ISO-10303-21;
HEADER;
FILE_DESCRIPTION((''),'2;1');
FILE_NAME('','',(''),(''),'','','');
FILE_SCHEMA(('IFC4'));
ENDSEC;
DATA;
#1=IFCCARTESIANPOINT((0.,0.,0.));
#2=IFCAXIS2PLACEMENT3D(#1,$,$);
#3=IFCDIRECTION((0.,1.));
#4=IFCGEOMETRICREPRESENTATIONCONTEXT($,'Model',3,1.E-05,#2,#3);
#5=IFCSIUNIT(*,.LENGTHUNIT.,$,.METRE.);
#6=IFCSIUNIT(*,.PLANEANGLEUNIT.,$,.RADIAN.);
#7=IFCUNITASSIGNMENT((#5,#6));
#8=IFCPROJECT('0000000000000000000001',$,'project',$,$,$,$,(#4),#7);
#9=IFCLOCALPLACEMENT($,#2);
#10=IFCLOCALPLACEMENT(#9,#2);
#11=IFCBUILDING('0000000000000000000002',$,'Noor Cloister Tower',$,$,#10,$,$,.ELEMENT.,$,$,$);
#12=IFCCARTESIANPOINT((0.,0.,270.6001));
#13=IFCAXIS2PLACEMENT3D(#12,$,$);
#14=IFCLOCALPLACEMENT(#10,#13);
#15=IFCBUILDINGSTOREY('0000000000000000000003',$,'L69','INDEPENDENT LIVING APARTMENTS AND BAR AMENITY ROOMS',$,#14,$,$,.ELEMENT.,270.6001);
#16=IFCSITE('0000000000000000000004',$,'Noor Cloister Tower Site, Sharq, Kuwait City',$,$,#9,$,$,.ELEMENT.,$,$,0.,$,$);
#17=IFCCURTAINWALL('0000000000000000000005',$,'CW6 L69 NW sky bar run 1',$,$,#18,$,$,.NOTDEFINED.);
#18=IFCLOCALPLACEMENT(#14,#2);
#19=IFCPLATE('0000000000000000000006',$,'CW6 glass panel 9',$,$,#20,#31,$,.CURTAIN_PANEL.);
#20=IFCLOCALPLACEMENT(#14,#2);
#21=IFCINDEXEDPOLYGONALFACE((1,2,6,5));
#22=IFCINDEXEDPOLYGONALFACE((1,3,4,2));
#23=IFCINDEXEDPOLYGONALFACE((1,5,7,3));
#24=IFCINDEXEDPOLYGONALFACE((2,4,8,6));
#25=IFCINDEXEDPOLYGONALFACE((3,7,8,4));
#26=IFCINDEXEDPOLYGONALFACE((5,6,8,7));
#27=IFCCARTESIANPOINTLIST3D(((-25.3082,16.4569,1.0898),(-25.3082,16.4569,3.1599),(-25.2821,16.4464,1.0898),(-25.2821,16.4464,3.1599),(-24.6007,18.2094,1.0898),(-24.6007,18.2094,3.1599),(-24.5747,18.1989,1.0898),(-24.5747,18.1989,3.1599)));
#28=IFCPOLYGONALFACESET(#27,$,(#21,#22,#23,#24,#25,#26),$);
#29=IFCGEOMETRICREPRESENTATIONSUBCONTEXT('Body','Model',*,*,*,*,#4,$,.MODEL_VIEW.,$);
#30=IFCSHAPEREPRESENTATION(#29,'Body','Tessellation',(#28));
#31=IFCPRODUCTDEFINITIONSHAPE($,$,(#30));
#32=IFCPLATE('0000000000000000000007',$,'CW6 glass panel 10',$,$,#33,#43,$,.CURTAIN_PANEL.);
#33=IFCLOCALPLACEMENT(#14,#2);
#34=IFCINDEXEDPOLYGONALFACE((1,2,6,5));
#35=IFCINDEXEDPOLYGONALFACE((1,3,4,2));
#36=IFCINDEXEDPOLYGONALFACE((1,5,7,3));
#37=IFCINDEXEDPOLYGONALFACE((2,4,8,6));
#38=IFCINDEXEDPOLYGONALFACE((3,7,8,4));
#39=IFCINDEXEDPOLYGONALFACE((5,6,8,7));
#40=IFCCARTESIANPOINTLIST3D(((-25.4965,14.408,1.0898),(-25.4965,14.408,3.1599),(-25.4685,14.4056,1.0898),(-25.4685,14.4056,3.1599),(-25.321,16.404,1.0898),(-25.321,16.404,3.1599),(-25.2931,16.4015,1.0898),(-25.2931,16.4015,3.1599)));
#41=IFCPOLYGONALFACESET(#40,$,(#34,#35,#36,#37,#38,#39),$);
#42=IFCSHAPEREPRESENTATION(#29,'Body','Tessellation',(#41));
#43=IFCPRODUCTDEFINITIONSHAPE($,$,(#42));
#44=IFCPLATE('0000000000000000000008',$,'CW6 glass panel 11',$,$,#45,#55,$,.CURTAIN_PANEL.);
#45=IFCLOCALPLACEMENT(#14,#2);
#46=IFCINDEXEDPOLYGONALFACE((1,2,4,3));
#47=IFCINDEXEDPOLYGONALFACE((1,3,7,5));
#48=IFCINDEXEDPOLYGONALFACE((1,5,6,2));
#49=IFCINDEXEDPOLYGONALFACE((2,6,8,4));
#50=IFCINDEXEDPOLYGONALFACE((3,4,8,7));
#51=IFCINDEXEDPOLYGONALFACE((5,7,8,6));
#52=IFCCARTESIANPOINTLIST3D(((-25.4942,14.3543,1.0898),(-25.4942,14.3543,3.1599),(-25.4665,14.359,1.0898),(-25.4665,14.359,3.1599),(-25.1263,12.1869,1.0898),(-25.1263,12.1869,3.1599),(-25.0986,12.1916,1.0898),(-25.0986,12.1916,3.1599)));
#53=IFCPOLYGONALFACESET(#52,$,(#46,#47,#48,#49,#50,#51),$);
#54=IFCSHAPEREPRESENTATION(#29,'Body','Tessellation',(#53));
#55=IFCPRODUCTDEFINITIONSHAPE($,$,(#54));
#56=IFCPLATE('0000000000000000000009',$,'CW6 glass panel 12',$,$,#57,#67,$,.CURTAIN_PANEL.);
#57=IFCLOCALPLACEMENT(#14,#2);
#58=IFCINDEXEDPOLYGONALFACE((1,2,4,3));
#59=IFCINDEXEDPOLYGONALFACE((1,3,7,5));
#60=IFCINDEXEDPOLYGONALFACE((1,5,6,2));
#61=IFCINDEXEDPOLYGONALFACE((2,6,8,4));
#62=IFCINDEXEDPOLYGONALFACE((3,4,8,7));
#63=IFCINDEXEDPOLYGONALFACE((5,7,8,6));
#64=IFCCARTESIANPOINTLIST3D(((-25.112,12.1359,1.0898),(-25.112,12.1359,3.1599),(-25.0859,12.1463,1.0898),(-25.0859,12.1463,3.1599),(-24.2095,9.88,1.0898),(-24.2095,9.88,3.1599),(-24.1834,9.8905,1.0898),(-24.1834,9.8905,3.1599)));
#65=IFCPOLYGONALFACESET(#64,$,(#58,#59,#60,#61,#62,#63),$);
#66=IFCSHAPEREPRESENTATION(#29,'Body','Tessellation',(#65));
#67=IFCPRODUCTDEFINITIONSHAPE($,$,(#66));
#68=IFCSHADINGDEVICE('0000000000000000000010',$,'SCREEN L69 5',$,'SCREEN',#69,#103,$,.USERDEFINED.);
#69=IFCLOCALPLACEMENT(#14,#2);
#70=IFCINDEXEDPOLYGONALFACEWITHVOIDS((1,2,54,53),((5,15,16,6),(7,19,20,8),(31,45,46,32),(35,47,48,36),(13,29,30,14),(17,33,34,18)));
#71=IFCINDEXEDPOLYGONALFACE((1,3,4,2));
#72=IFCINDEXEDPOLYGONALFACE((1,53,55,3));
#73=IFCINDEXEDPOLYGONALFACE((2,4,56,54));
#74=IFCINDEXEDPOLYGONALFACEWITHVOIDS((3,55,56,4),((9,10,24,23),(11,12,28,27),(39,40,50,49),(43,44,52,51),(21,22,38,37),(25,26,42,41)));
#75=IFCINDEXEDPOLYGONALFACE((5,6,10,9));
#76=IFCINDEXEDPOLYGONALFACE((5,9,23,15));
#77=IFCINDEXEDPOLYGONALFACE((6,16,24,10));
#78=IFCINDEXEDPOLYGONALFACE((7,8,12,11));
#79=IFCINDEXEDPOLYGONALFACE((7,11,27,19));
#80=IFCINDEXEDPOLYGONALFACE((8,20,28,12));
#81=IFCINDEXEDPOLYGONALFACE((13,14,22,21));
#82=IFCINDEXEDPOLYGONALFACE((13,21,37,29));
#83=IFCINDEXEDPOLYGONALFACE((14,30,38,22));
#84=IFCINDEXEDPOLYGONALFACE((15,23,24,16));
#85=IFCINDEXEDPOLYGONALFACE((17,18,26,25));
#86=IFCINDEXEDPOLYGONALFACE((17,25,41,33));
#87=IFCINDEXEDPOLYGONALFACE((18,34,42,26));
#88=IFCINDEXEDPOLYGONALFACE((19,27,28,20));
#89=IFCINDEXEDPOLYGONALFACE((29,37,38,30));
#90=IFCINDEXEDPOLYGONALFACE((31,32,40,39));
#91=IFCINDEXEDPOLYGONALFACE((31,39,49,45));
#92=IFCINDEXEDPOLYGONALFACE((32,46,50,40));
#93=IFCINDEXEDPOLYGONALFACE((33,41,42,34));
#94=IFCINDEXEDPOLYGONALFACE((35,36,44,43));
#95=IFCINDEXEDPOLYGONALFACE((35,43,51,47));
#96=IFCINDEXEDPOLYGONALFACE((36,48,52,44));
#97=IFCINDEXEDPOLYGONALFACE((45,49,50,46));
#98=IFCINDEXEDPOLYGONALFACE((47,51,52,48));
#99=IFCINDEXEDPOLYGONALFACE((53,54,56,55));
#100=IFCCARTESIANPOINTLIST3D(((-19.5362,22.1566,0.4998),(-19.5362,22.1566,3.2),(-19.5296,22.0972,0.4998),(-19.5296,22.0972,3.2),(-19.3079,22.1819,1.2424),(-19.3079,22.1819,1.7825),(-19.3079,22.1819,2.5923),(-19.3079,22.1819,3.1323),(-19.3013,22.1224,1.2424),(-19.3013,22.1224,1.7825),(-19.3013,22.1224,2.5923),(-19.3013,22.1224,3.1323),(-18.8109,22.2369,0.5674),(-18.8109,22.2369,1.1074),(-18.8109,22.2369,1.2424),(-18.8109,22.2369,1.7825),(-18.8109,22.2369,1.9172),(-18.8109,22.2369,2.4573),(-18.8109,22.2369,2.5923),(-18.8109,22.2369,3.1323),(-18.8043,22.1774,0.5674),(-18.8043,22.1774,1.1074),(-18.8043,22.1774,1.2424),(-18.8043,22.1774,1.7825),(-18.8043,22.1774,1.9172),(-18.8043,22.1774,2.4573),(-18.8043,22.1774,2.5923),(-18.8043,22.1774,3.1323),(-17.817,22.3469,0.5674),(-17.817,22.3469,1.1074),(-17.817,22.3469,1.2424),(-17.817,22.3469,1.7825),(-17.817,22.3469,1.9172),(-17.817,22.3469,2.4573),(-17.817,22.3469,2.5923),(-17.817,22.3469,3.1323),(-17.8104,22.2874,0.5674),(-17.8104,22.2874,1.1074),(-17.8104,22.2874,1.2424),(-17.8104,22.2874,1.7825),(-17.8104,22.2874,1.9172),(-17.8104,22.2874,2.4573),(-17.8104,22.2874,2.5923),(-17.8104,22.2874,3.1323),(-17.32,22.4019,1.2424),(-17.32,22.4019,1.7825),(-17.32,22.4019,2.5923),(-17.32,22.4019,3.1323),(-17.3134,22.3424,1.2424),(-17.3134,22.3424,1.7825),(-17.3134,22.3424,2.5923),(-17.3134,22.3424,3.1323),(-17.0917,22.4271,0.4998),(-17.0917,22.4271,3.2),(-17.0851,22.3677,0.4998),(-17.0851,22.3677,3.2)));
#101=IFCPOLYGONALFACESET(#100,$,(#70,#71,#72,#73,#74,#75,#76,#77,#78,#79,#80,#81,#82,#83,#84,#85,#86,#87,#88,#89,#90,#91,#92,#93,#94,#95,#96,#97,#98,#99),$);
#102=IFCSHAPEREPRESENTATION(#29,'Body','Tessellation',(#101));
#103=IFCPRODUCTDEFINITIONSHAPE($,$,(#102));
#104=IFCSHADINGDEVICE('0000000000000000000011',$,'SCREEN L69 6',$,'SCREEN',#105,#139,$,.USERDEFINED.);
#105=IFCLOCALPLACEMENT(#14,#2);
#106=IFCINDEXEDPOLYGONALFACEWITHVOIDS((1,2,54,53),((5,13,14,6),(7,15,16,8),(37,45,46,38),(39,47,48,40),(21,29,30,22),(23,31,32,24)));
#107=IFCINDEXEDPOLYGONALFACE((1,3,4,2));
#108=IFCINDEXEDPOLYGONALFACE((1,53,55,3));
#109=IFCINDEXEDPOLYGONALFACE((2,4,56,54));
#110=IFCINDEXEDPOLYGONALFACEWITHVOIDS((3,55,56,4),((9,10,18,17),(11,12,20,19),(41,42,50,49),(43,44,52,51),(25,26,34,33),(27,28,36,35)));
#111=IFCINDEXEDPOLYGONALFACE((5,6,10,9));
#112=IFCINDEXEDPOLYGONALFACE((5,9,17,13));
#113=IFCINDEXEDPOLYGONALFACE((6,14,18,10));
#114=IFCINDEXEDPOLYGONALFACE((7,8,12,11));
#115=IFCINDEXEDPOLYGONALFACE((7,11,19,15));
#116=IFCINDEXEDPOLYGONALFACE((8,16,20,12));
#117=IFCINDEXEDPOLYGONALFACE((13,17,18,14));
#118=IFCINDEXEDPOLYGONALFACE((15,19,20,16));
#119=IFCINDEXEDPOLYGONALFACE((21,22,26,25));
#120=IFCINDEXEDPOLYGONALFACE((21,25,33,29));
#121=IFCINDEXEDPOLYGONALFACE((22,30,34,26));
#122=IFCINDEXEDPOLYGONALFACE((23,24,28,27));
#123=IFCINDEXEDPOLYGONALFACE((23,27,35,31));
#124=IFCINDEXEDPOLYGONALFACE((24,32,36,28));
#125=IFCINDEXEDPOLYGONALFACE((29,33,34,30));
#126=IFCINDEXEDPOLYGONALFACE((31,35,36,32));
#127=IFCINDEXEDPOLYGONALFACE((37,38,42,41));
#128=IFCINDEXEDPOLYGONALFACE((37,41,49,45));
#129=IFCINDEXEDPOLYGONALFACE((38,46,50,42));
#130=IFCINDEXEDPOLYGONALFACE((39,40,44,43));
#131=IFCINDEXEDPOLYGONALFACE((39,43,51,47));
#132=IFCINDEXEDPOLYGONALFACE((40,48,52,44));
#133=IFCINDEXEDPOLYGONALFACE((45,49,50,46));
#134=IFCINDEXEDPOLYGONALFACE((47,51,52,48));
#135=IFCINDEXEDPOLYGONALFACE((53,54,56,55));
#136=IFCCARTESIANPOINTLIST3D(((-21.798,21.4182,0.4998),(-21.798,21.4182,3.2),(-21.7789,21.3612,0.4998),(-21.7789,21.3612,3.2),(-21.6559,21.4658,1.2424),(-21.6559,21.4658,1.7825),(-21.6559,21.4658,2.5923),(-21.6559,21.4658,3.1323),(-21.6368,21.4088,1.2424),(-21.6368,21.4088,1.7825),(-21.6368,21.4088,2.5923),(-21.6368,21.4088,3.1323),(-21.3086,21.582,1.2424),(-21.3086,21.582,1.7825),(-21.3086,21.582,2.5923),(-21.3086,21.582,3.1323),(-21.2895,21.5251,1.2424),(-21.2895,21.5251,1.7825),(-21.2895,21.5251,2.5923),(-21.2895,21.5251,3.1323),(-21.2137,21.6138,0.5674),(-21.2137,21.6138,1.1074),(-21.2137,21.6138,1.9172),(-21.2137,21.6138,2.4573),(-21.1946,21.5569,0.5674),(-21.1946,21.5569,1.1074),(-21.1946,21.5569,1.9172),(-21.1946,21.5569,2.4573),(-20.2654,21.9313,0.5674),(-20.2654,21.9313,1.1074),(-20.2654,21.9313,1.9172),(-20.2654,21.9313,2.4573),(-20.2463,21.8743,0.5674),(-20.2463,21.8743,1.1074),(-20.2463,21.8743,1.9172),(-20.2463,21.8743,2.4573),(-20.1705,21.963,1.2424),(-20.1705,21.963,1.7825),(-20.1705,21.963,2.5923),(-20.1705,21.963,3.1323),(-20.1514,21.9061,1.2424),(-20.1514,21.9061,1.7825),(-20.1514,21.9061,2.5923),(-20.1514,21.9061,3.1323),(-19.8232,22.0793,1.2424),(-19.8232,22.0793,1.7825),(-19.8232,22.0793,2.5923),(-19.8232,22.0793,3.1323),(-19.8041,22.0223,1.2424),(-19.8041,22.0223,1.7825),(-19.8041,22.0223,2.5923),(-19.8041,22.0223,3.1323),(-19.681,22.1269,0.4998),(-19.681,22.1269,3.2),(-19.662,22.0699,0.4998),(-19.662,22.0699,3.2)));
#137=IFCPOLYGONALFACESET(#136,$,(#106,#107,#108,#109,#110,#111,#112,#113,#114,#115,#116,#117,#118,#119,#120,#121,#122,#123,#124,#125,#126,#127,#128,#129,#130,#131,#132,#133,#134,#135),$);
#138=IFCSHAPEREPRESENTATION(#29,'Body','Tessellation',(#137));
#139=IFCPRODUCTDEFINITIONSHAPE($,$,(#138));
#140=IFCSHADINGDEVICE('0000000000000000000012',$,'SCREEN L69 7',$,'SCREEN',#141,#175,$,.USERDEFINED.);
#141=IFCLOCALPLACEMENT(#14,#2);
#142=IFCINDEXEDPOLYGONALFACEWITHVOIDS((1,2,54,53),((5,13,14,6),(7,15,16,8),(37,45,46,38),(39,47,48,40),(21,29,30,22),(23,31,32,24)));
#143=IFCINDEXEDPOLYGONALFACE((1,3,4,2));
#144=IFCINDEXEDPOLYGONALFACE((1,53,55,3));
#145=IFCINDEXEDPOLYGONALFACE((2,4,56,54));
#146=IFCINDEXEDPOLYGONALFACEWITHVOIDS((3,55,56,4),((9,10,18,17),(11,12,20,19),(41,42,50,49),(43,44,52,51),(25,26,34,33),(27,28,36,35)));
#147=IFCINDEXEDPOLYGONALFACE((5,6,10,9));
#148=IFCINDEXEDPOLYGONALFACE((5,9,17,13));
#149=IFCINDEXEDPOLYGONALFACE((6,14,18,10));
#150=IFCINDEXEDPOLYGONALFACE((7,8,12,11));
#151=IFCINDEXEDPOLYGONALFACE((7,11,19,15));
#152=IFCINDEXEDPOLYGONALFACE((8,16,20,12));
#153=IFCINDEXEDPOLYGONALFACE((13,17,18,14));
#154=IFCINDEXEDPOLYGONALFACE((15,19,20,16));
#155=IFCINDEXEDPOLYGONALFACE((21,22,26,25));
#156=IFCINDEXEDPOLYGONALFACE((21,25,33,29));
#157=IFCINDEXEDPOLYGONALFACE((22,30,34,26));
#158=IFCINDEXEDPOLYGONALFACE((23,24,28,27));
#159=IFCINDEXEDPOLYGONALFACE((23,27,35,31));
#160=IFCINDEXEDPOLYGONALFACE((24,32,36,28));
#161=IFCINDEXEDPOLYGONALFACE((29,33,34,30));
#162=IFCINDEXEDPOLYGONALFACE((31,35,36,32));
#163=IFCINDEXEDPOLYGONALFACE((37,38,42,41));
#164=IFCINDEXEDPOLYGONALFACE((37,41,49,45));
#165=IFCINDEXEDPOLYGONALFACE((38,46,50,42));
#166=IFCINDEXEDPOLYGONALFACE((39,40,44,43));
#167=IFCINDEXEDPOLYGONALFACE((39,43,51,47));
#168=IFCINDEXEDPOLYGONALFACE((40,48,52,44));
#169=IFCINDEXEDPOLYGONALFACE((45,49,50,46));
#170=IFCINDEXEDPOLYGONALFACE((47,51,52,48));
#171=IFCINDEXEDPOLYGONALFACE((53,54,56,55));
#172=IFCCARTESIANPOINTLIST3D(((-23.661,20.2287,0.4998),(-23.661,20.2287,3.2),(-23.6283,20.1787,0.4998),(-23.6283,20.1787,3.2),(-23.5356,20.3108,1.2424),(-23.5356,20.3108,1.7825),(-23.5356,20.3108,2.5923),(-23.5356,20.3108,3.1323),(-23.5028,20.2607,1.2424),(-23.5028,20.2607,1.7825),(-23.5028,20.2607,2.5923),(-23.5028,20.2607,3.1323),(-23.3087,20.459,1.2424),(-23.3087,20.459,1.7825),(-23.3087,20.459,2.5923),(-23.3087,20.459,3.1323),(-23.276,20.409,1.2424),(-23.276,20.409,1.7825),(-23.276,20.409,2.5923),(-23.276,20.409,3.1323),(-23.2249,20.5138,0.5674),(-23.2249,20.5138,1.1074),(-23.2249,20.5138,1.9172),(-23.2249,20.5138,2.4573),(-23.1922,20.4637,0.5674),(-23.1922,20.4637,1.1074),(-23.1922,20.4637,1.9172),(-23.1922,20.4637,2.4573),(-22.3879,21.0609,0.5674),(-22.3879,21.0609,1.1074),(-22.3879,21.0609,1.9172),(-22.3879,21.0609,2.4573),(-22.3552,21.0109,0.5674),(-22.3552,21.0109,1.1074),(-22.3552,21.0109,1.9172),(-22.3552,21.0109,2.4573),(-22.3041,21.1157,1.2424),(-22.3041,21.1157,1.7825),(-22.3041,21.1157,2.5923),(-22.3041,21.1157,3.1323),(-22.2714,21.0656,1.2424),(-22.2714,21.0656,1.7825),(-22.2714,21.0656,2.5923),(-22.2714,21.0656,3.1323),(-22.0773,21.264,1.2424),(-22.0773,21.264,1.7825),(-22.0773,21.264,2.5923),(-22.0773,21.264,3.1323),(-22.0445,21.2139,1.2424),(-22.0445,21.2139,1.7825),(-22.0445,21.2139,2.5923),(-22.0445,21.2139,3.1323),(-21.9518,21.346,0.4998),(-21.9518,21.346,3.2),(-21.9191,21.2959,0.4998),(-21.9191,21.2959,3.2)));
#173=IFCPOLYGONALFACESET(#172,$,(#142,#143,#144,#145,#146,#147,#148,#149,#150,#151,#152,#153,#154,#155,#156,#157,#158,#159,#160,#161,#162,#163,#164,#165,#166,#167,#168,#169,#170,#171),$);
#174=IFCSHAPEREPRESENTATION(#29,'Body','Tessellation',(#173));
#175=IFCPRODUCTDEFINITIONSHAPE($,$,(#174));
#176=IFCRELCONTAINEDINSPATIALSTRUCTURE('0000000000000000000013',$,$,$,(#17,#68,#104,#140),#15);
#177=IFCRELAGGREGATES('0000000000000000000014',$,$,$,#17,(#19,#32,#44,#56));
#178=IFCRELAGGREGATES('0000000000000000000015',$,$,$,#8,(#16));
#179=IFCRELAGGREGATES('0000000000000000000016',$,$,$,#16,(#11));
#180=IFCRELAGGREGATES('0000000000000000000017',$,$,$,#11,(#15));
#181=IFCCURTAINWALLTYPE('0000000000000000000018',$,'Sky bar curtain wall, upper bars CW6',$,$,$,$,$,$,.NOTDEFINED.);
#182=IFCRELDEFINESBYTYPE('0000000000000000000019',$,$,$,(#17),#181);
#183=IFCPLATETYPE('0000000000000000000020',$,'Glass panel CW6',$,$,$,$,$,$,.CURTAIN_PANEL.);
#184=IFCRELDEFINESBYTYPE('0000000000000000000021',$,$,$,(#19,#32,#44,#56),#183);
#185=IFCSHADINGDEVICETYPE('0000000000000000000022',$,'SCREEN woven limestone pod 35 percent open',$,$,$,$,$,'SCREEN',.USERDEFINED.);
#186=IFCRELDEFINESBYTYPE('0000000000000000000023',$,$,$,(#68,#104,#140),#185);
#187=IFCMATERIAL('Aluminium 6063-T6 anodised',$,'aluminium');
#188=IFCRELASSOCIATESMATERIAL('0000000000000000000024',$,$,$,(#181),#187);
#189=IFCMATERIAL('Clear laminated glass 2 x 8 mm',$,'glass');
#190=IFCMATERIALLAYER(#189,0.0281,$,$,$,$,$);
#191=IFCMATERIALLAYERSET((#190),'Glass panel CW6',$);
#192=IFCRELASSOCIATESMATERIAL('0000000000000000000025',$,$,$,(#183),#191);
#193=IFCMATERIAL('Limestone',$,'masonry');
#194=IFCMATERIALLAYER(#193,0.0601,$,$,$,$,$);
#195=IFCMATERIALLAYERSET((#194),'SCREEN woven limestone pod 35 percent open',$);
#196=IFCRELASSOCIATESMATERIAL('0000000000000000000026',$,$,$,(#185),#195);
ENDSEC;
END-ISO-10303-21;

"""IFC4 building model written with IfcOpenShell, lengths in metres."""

from ifc_helpers import new_model, si_unit, direction, frame, origin, origin_2d, place, context, subcontext, project, spatial, polyline, rectangle, outline, extrude, material, layer, layer_set, type_object, element, aggregate, save


model = new_model("IFC4")

# Units and contexts
model_context = context("Model", 3, precision=1e-05, world=origin(), true_north=direction((0.0, 1.0)))
body_context = subcontext(model_context, "Body", "Model", "MODEL_VIEW")
ifc_project = project(units=[si_unit("LENGTHUNIT", "METRE"), si_unit("PLANEANGLEUNIT", "RADIAN")], contexts=[model_context])

# Site, building, storey
site_placement = place(None, origin())
site = spatial("IfcSite", under=ifc_project, at=site_placement, Name="Noor Cloister Tower Site, Sharq, Kuwait City", CompositionType="ELEMENT", RefElevation=0.0)
building_placement = place(site_placement, origin())
building = spatial("IfcBuilding", under=site, at=building_placement, Name="Noor Cloister Tower", CompositionType="ELEMENT")
storey_placement = place(building_placement, frame((0.0, 0.0, 270.6001)))
storey = spatial("IfcBuildingStorey", under=building, at=storey_placement, Name="L69", Description="INDEPENDENT LIVING APARTMENTS AND BAR AMENITY ROOMS", CompositionType="ELEMENT", Elevation=270.6001)

# Curtain wall
ifc_material_1 = material(Name="Aluminium 6063-T6 anodised", Category="aluminium")
curtain_wall_type = type_object("IfcCurtainWallType", Name="Sky bar curtain wall, upper bars CW6", PredefinedType="NOTDEFINED", material=ifc_material_1)
curtain_wall_placement = place(storey_placement, origin())
curtain_wall = element("IfcCurtainWall", 1, at=curtain_wall_placement, inside=storey, type_object=curtain_wall_type, Name="CW6 L69 NW sky bar run 1", PredefinedType="NOTDEFINED")

# Plates
ifc_material_2 = material(Name="Clear laminated glass 2 x 8 mm", Category="glass")
ifc_layer_1 = layer(ifc_material_2, 0.0281)
ifc_layer_set_1 = layer_set([ifc_layer_1], Name="Glass panel CW6")
plate_type = type_object("IfcPlateType", Name="Glass panel CW6", PredefinedType="CURTAIN_PANEL", material=ifc_layer_set_1)
plate_1_placement = place(storey_placement, frame((-24.9414, 17.3279, 1.0898), z_axis=(0.0, 0.0, 1.0), x_axis=(-0.374344, -0.92729, 0.0)))
plate_1 = element("IfcPlate", 2, at=plate_1_placement, type_object=plate_type, Name="CW6 glass panel 9", PredefinedType="CURTAIN_PANEL", context=body_context, shape_type="SweptSolid", body=[
    extrude(rectangle(XDim=1.8899, YDim=0.0281, at=origin_2d()), origin(), (0.0, 0.0, 1.0), 2.0701),
])
plate_2_placement = place(storey_placement, frame((-25.3948, 15.4048, 1.0898), z_axis=(0.0, 0.0, 1.0), x_axis=(-0.087571, -0.996158, 0.0)))
plate_2 = element("IfcPlate", 3, at=plate_2_placement, type_object=plate_type, Name="CW6 glass panel 10", PredefinedType="CURTAIN_PANEL", context=body_context, shape_type="SweptSolid", body=[
    extrude(rectangle(XDim=2.0037, YDim=0.0281, at=origin_2d()), origin(), (0.0, 0.0, 1.0), 2.0701),
])
plate_3_placement = place(storey_placement, frame((-25.2964, 13.2729, 1.0898), z_axis=(0.0, 0.0, 1.0), x_axis=(0.167366, -0.985895, 0.0)))
plate_3 = element("IfcPlate", 4, at=plate_3_placement, type_object=plate_type, Name="CW6 glass panel 11", PredefinedType="CURTAIN_PANEL", context=body_context, shape_type="SweptSolid", body=[
    extrude(rectangle(XDim=2.1985, YDim=0.0281, at=origin_2d()), origin(), (0.0, 0.0, 1.0), 2.0701),
])
plate_4_placement = place(storey_placement, frame((-24.6477, 11.0132, 1.0898), z_axis=(0.0, 0.0, 1.0), x_axis=(0.371435, -0.928459, 0.0)))
plate_4 = element("IfcPlate", 5, at=plate_4_placement, type_object=plate_type, Name="CW6 glass panel 12", PredefinedType="CURTAIN_PANEL", context=body_context, shape_type="SweptSolid", body=[
    extrude(rectangle(XDim=2.4297, YDim=0.0281, at=origin_2d()), origin(), (0.0, 0.0, 1.0), 2.0701),
])
aggregate(curtain_wall, [plate_1, plate_2, plate_3, plate_4])

# Shading devices
ifc_material_3 = material(Name="Limestone", Category="masonry")
ifc_layer_2 = layer(ifc_material_3, 0.0601)
ifc_layer_set_2 = layer_set([ifc_layer_2], Name="SCREEN woven limestone pod 35 percent open")
shading_device_type = type_object("IfcShadingDeviceType", Name="SCREEN woven limestone pod 35 percent open", ElementType="SCREEN", PredefinedType="USERDEFINED", material=ifc_layer_set_2)
shading_device_1_placement = place(storey_placement, frame((-18.3074, 22.2324, 1.8499), z_axis=(-0.109984, 0.993933, 0.0), x_axis=(-0.993933, -0.109984, 0.0)))
element("IfcShadingDevice", 6, at=shading_device_1_placement, inside=storey, type_object=shading_device_type, Name="SCREEN L69 5", ObjectType="SCREEN", PredefinedType="USERDEFINED", context=body_context, shape_type="SweptSolid", body=[
    extrude(outline(polyline([(-1.2297, -1.3501), (1.2297, -1.3501), (1.2297, 1.3501), (-1.2297, 1.3501), (-1.2297, -1.3501)]), holes=[polyline([(-0.5, -1.2825), (0.5, -1.2825), (0.5, -0.7424), (-0.5, -0.7424), (-0.5, -1.2825)]), polyline([(-1.0, -0.6074), (-0.5, -0.6074), (-0.5, -0.0674), (-1.0, -0.0674), (-1.0, -0.6074)]), polyline([(0.5, -0.6074), (1.0, -0.6074), (1.0, -0.0674), (0.5, -0.0674), (0.5, -0.6074)]), polyline([(-0.5, 0.0674), (0.5, 0.0674), (0.5, 0.6074), (-0.5, 0.6074), (-0.5, 0.0674)]), polyline([(-1.0, 0.7424), (-0.5, 0.7424), (-0.5, 1.2825), (-1.0, 1.2825), (-1.0, 0.7424)]), polyline([(0.5, 0.7424), (1.0, 0.7424), (1.0, 1.2825), (0.5, 1.2825), (0.5, 0.7424)])]), origin(), (0.0, 0.0, 1.0), 0.0598),
])
shading_device_2_placement = place(storey_placement, frame((-20.7205, 21.7156, 1.8499), z_axis=(-0.317448, 0.948276, 0.0), x_axis=(-0.948276, -0.317448, 0.0)))
element("IfcShadingDevice", 7, at=shading_device_2_placement, inside=storey, type_object=shading_device_type, Name="SCREEN L69 6", ObjectType="SCREEN", PredefinedType="USERDEFINED", context=body_context, shape_type="SweptSolid", body=[
    extrude(outline(polyline([(-1.1162, -1.3501), (1.1162, -1.3501), (1.1162, 1.3501), (-1.1162, 1.3501), (-1.1162, -1.3501)]), holes=[polyline([(-0.5, -1.2825), (0.5, -1.2825), (0.5, -0.7424), (-0.5, -0.7424), (-0.5, -1.2825)]), polyline([(0.6001, -0.6074), (0.9663, -0.6074), (0.9663, -0.0674), (0.6001, -0.0674), (0.6001, -0.6074)]), polyline([(-0.9663, -0.6074), (-0.6001, -0.6074), (-0.6001, -0.0674), (-0.9663, -0.0674), (-0.9663, -0.6074)]), polyline([(-0.5, 0.0674), (0.5, 0.0674), (0.5, 0.6074), (-0.5, 0.6074), (-0.5, 0.0674)]), polyline([(0.6001, 0.7424), (0.9663, 0.7424), (0.9663, 1.2825), (0.6001, 1.2825), (0.6001, 0.7424)]), polyline([(-0.9663, 0.7424), (-0.6001, 0.7424), (-0.6001, 1.2825), (-0.9663, 1.2825), (-0.9663, 0.7424)])]), origin(), (0.0, 0.0, 1.0), 0.0601),
])
shading_device_3_placement = place(storey_placement, frame((-22.7737, 20.7373, 1.8499), z_axis=(-0.547139, 0.837042, 0.0), x_axis=(-0.837042, -0.547139, 0.0)))
element("IfcShadingDevice", 8, at=shading_device_3_placement, inside=storey, type_object=shading_device_type, Name="SCREEN L69 7", ObjectType="SCREEN", PredefinedType="USERDEFINED", context=body_context, shape_type="SweptSolid", body=[
    extrude(outline(polyline([(-1.021, -1.3501), (1.021, -1.3501), (1.021, 1.3501), (-1.021, 1.3501), (-1.021, -1.3501)]), holes=[polyline([(-0.5, -1.2825), (0.5, -1.2825), (0.5, -0.7424), (-0.5, -0.7424), (-0.5, -1.2825)]), polyline([(0.6001, -0.6074), (0.8711, -0.6074), (0.8711, -0.0674), (0.6001, -0.0674), (0.6001, -0.6074)]), polyline([(-0.8711, -0.6074), (-0.6001, -0.6074), (-0.6001, -0.0674), (-0.8711, -0.0674), (-0.8711, -0.6074)]), polyline([(-0.5, 0.0674), (0.5, 0.0674), (0.5, 0.6074), (-0.5, 0.6074), (-0.5, 0.0674)]), polyline([(0.6001, 0.7424), (0.8711, 0.7424), (0.8711, 1.2825), (0.6001, 1.2825), (0.6001, 0.7424)]), polyline([(-0.8711, 0.7424), (-0.6001, 0.7424), (-0.6001, 1.2825), (-0.8711, 1.2825), (-0.8711, 0.7424)])]), origin(), (0.0, 0.0, 1.0), 0.0598),
])

save(model, "model.ifc")
